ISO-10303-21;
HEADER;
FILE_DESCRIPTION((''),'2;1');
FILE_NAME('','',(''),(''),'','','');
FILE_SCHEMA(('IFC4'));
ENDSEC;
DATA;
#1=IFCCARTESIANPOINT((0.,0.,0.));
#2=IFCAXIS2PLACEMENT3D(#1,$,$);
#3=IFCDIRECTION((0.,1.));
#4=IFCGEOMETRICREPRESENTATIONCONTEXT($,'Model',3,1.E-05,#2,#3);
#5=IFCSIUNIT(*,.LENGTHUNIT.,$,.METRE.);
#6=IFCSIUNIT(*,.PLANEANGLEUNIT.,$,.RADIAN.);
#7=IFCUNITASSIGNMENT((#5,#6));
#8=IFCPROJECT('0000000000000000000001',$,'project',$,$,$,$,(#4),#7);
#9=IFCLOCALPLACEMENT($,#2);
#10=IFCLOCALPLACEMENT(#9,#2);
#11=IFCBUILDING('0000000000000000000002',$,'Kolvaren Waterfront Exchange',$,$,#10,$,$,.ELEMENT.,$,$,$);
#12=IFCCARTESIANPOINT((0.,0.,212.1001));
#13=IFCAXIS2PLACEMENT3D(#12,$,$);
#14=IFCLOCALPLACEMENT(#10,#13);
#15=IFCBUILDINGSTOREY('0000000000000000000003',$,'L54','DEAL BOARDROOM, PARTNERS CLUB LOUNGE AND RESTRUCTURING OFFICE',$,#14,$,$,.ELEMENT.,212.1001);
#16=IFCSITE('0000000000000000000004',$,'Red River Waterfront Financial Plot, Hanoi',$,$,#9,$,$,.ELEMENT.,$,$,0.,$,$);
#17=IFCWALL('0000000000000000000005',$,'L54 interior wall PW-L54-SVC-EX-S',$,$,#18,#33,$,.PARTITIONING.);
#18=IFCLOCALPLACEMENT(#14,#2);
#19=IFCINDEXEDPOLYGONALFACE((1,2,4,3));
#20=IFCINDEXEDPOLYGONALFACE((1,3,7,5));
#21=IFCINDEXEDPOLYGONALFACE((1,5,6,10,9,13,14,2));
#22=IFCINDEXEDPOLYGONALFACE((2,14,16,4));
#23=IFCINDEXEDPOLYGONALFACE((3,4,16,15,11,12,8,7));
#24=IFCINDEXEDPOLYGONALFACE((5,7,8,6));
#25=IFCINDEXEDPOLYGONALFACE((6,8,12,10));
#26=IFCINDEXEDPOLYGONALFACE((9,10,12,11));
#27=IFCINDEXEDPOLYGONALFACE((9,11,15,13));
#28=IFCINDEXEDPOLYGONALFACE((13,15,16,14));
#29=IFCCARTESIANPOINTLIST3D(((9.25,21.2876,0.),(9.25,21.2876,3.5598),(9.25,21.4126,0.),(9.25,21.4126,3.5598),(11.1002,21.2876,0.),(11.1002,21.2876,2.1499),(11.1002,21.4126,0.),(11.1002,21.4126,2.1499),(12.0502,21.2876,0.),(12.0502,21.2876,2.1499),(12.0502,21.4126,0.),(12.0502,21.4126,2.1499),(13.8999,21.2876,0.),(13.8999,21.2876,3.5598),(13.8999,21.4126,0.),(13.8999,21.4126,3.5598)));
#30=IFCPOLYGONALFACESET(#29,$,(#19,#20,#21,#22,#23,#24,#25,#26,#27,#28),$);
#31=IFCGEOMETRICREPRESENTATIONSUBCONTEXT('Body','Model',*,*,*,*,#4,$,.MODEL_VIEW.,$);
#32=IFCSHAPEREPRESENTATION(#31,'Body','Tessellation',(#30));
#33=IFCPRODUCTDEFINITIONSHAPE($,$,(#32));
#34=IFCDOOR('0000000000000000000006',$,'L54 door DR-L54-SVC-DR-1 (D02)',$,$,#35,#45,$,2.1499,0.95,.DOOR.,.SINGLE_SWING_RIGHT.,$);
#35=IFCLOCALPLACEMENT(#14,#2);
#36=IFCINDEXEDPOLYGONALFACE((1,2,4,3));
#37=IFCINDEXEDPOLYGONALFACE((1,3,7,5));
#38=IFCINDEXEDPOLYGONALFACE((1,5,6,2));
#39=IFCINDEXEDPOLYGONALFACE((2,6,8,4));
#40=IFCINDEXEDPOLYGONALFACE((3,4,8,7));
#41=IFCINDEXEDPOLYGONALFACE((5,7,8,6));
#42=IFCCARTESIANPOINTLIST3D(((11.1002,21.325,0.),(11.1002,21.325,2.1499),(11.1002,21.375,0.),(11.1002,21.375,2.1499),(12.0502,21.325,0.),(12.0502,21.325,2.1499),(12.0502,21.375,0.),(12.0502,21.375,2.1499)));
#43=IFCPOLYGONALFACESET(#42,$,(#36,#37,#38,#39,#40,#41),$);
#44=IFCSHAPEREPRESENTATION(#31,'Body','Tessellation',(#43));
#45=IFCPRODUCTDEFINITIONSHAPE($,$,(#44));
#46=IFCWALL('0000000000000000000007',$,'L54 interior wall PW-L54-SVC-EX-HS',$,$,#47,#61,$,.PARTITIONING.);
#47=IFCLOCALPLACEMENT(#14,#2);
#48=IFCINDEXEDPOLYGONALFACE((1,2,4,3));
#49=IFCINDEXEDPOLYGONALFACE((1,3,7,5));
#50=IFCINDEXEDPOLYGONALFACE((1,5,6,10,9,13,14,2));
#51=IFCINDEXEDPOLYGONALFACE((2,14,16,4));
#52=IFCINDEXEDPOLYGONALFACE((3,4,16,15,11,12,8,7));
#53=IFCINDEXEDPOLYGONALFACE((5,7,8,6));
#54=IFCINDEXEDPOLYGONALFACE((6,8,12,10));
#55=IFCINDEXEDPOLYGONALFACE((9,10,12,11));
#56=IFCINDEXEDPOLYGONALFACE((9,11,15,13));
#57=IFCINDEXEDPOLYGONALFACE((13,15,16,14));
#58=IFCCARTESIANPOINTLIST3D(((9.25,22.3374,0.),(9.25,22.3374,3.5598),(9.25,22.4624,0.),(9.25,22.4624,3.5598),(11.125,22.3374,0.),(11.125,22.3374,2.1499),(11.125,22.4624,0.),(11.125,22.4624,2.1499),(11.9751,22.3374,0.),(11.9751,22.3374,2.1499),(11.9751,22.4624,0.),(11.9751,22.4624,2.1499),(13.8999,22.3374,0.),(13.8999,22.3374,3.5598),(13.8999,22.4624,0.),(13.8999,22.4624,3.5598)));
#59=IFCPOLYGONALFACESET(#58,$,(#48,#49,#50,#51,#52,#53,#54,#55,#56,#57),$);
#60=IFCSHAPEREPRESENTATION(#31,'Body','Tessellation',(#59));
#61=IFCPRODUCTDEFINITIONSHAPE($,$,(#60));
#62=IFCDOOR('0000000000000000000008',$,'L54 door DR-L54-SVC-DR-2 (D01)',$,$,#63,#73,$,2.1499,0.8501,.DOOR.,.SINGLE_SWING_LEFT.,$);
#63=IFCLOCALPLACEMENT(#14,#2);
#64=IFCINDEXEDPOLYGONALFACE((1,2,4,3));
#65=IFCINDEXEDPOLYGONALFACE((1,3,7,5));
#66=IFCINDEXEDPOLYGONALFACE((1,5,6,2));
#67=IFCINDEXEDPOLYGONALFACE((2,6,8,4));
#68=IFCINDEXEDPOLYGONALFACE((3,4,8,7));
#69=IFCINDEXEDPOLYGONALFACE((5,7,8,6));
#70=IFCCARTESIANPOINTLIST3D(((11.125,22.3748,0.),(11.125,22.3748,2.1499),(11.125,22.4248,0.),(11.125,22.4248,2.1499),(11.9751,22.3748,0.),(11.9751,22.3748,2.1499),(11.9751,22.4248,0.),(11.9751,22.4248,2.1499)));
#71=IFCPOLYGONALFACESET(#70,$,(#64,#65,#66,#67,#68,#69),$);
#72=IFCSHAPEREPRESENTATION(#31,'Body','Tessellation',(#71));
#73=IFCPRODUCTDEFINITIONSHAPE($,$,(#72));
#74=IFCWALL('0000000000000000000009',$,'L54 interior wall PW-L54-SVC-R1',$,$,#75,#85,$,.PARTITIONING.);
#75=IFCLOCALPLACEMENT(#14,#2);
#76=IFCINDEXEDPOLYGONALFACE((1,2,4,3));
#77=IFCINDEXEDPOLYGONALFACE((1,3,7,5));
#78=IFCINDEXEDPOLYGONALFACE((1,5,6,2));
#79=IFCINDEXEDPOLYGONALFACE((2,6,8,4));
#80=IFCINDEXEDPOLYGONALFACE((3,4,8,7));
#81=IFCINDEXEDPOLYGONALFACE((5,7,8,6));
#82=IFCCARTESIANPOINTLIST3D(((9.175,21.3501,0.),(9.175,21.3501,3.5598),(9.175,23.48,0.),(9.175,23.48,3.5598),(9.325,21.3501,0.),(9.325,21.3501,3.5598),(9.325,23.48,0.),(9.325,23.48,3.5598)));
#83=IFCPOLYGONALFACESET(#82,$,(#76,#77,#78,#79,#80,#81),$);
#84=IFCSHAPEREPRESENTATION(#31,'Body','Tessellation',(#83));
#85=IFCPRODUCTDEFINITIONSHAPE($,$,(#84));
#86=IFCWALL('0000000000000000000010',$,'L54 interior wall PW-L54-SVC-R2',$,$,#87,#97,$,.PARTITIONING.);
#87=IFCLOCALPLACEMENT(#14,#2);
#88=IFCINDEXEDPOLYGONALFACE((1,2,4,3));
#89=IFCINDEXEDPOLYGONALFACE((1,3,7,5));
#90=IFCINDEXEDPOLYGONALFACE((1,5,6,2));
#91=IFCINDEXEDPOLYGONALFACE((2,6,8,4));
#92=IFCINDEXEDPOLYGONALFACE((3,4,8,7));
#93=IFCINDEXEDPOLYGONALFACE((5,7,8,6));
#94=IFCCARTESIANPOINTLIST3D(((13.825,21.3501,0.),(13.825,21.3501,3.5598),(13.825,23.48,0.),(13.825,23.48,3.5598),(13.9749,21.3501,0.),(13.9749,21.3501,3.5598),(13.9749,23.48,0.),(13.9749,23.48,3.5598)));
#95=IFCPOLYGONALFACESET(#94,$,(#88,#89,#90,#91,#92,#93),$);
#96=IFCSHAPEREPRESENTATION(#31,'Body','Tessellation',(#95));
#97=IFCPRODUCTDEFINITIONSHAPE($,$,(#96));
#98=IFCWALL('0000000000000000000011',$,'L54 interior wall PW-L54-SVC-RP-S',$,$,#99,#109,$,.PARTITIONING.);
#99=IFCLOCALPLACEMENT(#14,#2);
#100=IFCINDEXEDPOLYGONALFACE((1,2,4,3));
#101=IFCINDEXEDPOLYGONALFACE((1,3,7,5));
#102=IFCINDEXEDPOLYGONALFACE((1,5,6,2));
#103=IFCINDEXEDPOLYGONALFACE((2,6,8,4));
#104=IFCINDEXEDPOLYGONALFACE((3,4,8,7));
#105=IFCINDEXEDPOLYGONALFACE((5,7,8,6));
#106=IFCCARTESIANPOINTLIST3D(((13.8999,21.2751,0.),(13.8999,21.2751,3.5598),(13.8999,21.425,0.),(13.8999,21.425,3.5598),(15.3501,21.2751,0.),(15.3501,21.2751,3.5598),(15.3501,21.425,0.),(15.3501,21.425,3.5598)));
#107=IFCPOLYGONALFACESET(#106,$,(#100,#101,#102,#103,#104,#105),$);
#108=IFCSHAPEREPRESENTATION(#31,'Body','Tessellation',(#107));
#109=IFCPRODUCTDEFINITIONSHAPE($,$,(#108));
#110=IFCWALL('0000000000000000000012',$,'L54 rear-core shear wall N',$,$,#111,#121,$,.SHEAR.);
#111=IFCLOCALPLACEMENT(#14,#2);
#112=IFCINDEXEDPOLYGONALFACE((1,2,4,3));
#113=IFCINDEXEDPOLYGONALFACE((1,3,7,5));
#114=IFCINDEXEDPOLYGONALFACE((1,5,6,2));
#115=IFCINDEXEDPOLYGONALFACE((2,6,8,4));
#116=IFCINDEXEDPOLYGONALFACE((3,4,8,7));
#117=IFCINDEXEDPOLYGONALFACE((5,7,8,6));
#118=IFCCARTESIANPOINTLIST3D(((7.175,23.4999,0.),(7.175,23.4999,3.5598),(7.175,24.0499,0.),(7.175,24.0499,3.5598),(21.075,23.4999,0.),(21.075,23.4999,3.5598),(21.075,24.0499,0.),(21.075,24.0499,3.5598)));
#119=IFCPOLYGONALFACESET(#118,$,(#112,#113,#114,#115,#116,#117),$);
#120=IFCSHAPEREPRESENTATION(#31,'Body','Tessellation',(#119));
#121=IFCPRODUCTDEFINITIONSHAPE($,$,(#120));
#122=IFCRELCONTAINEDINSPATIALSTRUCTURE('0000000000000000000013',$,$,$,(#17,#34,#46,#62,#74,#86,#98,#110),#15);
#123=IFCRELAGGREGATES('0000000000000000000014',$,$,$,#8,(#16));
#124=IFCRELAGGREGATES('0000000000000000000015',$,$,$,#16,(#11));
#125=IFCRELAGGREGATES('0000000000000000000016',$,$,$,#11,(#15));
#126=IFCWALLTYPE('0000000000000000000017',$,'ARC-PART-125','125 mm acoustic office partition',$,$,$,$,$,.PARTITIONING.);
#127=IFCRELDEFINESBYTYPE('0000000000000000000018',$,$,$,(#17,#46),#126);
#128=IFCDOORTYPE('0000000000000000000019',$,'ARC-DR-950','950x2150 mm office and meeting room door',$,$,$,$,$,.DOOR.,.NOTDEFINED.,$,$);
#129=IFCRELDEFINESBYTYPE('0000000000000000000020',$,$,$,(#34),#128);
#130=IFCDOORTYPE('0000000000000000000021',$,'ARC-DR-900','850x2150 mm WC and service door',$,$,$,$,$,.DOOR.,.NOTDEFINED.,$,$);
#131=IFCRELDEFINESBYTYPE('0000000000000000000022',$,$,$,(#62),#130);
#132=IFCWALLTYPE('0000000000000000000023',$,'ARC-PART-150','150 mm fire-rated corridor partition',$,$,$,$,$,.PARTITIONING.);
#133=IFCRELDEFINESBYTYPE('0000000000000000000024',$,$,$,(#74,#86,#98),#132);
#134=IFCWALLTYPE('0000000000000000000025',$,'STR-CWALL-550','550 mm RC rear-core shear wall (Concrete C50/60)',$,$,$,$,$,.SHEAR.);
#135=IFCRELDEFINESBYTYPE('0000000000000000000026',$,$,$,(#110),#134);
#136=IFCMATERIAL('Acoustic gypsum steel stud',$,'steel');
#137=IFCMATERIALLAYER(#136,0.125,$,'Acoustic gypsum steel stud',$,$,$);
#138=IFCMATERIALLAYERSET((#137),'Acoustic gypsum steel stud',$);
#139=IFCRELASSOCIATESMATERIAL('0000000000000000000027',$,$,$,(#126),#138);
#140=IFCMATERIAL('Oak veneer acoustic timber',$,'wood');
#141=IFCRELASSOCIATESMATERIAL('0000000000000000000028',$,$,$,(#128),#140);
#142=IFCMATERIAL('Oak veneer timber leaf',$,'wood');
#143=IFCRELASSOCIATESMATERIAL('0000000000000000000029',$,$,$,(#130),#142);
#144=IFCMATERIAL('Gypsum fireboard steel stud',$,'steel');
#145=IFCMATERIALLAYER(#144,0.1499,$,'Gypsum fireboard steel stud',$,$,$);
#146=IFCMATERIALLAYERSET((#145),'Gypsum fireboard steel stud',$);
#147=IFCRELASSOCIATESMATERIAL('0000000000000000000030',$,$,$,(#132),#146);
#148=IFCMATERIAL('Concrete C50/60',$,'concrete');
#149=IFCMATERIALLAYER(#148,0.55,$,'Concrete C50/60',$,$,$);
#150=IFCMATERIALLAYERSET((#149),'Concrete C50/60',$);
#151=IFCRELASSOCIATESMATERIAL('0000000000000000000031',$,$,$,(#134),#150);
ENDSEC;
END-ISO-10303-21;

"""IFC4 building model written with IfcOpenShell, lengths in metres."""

from ifc_helpers import new_model, si_unit, direction, frame, frame_2d, origin, place, context, subcontext, project, spatial, rectangle, extrude, material, layer, layer_set, type_object, element, fill, save


model = new_model("IFC4")

# Units and contexts
model_context = context("Model", 3, precision=1e-05, world=origin(), true_north=direction((0.0, 1.0)))
body_context = subcontext(model_context, "Body", "Model", "MODEL_VIEW")
ifc_project = project(units=[si_unit("LENGTHUNIT", "METRE"), si_unit("PLANEANGLEUNIT", "RADIAN")], contexts=[model_context])

# Site, building, storey
site_placement = place(None, origin())
site = spatial("IfcSite", under=ifc_project, at=site_placement, Name="Red River Waterfront Financial Plot, Hanoi", CompositionType="ELEMENT", RefElevation=0.0)
building_placement = place(site_placement, origin())
building = spatial("IfcBuilding", under=site, at=building_placement, Name="Kolvaren Waterfront Exchange", CompositionType="ELEMENT")
storey_placement = place(building_placement, frame((0.0, 0.0, 212.1001)))
storey = spatial("IfcBuildingStorey", under=building, at=storey_placement, Name="L54", Description="DEAL BOARDROOM, PARTNERS CLUB LOUNGE AND RESTRUCTURING OFFICE", CompositionType="ELEMENT", Elevation=212.1001)

# Shared definitions
ifc_material_1 = material(Name="Concrete C50/60", Category="concrete")

# Walls, openings, doors
ifc_material_2 = material(Name="Acoustic gypsum steel stud", Category="steel")
ifc_layer_1 = layer(ifc_material_2, 0.125, Name="Acoustic gypsum steel stud")
ifc_layer_set_1 = layer_set([ifc_layer_1], Name="Acoustic gypsum steel stud")
wall_type_1 = type_object("IfcWallType", Name="ARC-PART-125", Description="125 mm acoustic office partition", PredefinedType="PARTITIONING", material=ifc_layer_set_1)
wall_1_placement = place(storey_placement, frame((9.25, 21.3501, 0.0), z_axis=(0.0, 0.0, 1.0), x_axis=(1.0, 0.0, 0.0)))
wall_1 = element("IfcWall", 1, at=wall_1_placement, inside=storey, type_object=wall_type_1, Name="L54 interior wall PW-L54-SVC-EX-S", PredefinedType="PARTITIONING", context=body_context, shape_type="SweptSolid", body=[
    extrude(rectangle(XDim=4.6499, YDim=0.125, at=frame_2d((2.325, 0.0))), origin(), (0.0, 0.0, 1.0), 3.5598),
])
opening_1_placement = place(wall_1_placement, frame((1.8501, 0.0, 0.0)))
opening_1 = element("IfcOpeningElement", 2, at=opening_1_placement, cuts=wall_1, PredefinedType="OPENING", context=body_context, shape_type="SweptSolid", body=[
    extrude(rectangle(XDim=0.95, YDim=2.1499, at=frame_2d((0.4751, 1.075))), frame((0.0, 0.0725, 0.0), z_axis=(0.0, -1.0, 0.0), x_axis=(1.0, 0.0, 0.0)), (0.0, 0.0, 1.0), 0.145),
])
ifc_material_3 = material(Name="Oak veneer acoustic timber", Category="wood")
door_type_1 = type_object("IfcDoorType", Name="ARC-DR-950", Description="950x2150 mm office and meeting room door", OperationType="NOTDEFINED", PredefinedType="DOOR", material=ifc_material_3)
door_1_placement = place(opening_1_placement, origin())
door_1 = element("IfcDoor", 3, at=door_1_placement, inside=storey, type_object=door_type_1, Name="L54 door DR-L54-SVC-DR-1 (D02)", OperationType="SINGLE_SWING_RIGHT", OverallHeight=2.1499, OverallWidth=0.95, PredefinedType="DOOR", context=body_context, shape_type="SweptSolid", body=[
    extrude(rectangle(XDim=0.95, YDim=2.1499, at=frame_2d((0.4751, 1.075))), frame((0.0, 0.0249, 0.0), z_axis=(0.0, -1.0, 0.0), x_axis=(1.0, 0.0, 0.0)), (0.0, 0.0, 1.0), 0.05),
])
fill(opening_1, door_1)
wall_2_placement = place(storey_placement, frame((9.25, 22.3999, 0.0), z_axis=(0.0, 0.0, 1.0), x_axis=(1.0, 0.0, 0.0)))
wall_2 = element("IfcWall", 4, at=wall_2_placement, inside=storey, type_object=wall_type_1, Name="L54 interior wall PW-L54-SVC-EX-HS", PredefinedType="PARTITIONING", context=body_context, shape_type="SweptSolid", body=[
    extrude(rectangle(XDim=4.6499, YDim=0.125, at=frame_2d((2.325, 0.0))), origin(), (0.0, 0.0, 1.0), 3.5598),
])
opening_2_placement = place(wall_2_placement, frame((1.875, 0.0, 0.0)))
opening_2 = element("IfcOpeningElement", 5, at=opening_2_placement, cuts=wall_2, PredefinedType="OPENING", context=body_context, shape_type="SweptSolid", body=[
    extrude(rectangle(XDim=0.8501, YDim=2.1499, at=frame_2d((0.425, 1.075))), frame((0.0, 0.0725, 0.0), z_axis=(0.0, -1.0, 0.0), x_axis=(1.0, 0.0, 0.0)), (0.0, 0.0, 1.0), 0.145),
])
ifc_material_4 = material(Name="Oak veneer timber leaf", Category="wood")
door_type_2 = type_object("IfcDoorType", Name="ARC-DR-900", Description="850x2150 mm WC and service door", OperationType="NOTDEFINED", PredefinedType="DOOR", material=ifc_material_4)
door_2_placement = place(opening_2_placement, origin())
door_2 = element("IfcDoor", 6, at=door_2_placement, inside=storey, type_object=door_type_2, Name="L54 door DR-L54-SVC-DR-2 (D01)", OperationType="SINGLE_SWING_LEFT", OverallHeight=2.1499, OverallWidth=0.8501, PredefinedType="DOOR", context=body_context, shape_type="SweptSolid", body=[
    extrude(rectangle(XDim=0.8501, YDim=2.1499, at=frame_2d((0.425, 1.075))), frame((0.0, 0.0249, 0.0), z_axis=(0.0, -1.0, 0.0), x_axis=(1.0, 0.0, 0.0)), (0.0, 0.0, 1.0), 0.05),
])
fill(opening_2, door_2)

# Walls
ifc_material_5 = material(Name="Gypsum fireboard steel stud", Category="steel")
ifc_layer_2 = layer(ifc_material_5, 0.1499, Name="Gypsum fireboard steel stud")
ifc_layer_set_2 = layer_set([ifc_layer_2], Name="Gypsum fireboard steel stud")
wall_type_2 = type_object("IfcWallType", Name="ARC-PART-150", Description="150 mm fire-rated corridor partition", PredefinedType="PARTITIONING", material=ifc_layer_set_2)
for number, where, z_axis, x_axis, name in (
    (7, (9.25, 21.3501, 0.0), (0.0, 0.0, 1.0), (0.0, 1.0, 0.0), "L54 interior wall PW-L54-SVC-R1"),
    (8, (13.8999, 21.3501, 0.0), (0.0, 0.0, 1.0), (0.0, 1.0, 0.0), "L54 interior wall PW-L54-SVC-R2"),
):
    element("IfcWall", number, at=place(storey_placement, frame(where, z_axis=z_axis, x_axis=x_axis)), inside=storey, type_object=wall_type_2, Name=name, PredefinedType="PARTITIONING", context=body_context, shape_type="SweptSolid", body=[
        extrude(rectangle(XDim=2.1299, YDim=0.1499, at=frame_2d((1.0649, 0.0))), origin(), (0.0, 0.0, 1.0), 3.5598),
    ])

# Walls
wall_3_placement = place(storey_placement, frame((13.8999, 21.3501, 0.0), z_axis=(0.0, 0.0, 1.0), x_axis=(1.0, 0.0, 0.0)))
element("IfcWall", 9, at=wall_3_placement, inside=storey, type_object=wall_type_2, Name="L54 interior wall PW-L54-SVC-RP-S", PredefinedType="PARTITIONING", context=body_context, shape_type="SweptSolid", body=[
    extrude(rectangle(XDim=1.4502, YDim=0.1499, at=frame_2d((0.7251, 0.0))), origin(), (0.0, 0.0, 1.0), 3.5598),
])
ifc_layer_3 = layer(ifc_material_1, 0.55, Name="Concrete C50/60")
ifc_layer_set_3 = layer_set([ifc_layer_3], Name="Concrete C50/60")
wall_type_3 = type_object("IfcWallType", Name="STR-CWALL-550", Description="550 mm RC rear-core shear wall (Concrete C50/60)", PredefinedType="SHEAR", material=ifc_layer_set_3)
wall_4_placement = place(storey_placement, frame((7.175, 23.7749, 0.0), z_axis=(0.0, 0.0, 1.0), x_axis=(1.0, 0.0, 0.0)))
element("IfcWall", 10, at=wall_4_placement, inside=storey, type_object=wall_type_3, Name="L54 rear-core shear wall N", PredefinedType="SHEAR", context=body_context, shape_type="SweptSolid", body=[
    extrude(rectangle(XDim=13.8999, YDim=0.55, at=frame_2d((6.95, 0.0))), origin(), (0.0, 0.0, 1.0), 3.5598),
])

save(model, "model.ifc")
